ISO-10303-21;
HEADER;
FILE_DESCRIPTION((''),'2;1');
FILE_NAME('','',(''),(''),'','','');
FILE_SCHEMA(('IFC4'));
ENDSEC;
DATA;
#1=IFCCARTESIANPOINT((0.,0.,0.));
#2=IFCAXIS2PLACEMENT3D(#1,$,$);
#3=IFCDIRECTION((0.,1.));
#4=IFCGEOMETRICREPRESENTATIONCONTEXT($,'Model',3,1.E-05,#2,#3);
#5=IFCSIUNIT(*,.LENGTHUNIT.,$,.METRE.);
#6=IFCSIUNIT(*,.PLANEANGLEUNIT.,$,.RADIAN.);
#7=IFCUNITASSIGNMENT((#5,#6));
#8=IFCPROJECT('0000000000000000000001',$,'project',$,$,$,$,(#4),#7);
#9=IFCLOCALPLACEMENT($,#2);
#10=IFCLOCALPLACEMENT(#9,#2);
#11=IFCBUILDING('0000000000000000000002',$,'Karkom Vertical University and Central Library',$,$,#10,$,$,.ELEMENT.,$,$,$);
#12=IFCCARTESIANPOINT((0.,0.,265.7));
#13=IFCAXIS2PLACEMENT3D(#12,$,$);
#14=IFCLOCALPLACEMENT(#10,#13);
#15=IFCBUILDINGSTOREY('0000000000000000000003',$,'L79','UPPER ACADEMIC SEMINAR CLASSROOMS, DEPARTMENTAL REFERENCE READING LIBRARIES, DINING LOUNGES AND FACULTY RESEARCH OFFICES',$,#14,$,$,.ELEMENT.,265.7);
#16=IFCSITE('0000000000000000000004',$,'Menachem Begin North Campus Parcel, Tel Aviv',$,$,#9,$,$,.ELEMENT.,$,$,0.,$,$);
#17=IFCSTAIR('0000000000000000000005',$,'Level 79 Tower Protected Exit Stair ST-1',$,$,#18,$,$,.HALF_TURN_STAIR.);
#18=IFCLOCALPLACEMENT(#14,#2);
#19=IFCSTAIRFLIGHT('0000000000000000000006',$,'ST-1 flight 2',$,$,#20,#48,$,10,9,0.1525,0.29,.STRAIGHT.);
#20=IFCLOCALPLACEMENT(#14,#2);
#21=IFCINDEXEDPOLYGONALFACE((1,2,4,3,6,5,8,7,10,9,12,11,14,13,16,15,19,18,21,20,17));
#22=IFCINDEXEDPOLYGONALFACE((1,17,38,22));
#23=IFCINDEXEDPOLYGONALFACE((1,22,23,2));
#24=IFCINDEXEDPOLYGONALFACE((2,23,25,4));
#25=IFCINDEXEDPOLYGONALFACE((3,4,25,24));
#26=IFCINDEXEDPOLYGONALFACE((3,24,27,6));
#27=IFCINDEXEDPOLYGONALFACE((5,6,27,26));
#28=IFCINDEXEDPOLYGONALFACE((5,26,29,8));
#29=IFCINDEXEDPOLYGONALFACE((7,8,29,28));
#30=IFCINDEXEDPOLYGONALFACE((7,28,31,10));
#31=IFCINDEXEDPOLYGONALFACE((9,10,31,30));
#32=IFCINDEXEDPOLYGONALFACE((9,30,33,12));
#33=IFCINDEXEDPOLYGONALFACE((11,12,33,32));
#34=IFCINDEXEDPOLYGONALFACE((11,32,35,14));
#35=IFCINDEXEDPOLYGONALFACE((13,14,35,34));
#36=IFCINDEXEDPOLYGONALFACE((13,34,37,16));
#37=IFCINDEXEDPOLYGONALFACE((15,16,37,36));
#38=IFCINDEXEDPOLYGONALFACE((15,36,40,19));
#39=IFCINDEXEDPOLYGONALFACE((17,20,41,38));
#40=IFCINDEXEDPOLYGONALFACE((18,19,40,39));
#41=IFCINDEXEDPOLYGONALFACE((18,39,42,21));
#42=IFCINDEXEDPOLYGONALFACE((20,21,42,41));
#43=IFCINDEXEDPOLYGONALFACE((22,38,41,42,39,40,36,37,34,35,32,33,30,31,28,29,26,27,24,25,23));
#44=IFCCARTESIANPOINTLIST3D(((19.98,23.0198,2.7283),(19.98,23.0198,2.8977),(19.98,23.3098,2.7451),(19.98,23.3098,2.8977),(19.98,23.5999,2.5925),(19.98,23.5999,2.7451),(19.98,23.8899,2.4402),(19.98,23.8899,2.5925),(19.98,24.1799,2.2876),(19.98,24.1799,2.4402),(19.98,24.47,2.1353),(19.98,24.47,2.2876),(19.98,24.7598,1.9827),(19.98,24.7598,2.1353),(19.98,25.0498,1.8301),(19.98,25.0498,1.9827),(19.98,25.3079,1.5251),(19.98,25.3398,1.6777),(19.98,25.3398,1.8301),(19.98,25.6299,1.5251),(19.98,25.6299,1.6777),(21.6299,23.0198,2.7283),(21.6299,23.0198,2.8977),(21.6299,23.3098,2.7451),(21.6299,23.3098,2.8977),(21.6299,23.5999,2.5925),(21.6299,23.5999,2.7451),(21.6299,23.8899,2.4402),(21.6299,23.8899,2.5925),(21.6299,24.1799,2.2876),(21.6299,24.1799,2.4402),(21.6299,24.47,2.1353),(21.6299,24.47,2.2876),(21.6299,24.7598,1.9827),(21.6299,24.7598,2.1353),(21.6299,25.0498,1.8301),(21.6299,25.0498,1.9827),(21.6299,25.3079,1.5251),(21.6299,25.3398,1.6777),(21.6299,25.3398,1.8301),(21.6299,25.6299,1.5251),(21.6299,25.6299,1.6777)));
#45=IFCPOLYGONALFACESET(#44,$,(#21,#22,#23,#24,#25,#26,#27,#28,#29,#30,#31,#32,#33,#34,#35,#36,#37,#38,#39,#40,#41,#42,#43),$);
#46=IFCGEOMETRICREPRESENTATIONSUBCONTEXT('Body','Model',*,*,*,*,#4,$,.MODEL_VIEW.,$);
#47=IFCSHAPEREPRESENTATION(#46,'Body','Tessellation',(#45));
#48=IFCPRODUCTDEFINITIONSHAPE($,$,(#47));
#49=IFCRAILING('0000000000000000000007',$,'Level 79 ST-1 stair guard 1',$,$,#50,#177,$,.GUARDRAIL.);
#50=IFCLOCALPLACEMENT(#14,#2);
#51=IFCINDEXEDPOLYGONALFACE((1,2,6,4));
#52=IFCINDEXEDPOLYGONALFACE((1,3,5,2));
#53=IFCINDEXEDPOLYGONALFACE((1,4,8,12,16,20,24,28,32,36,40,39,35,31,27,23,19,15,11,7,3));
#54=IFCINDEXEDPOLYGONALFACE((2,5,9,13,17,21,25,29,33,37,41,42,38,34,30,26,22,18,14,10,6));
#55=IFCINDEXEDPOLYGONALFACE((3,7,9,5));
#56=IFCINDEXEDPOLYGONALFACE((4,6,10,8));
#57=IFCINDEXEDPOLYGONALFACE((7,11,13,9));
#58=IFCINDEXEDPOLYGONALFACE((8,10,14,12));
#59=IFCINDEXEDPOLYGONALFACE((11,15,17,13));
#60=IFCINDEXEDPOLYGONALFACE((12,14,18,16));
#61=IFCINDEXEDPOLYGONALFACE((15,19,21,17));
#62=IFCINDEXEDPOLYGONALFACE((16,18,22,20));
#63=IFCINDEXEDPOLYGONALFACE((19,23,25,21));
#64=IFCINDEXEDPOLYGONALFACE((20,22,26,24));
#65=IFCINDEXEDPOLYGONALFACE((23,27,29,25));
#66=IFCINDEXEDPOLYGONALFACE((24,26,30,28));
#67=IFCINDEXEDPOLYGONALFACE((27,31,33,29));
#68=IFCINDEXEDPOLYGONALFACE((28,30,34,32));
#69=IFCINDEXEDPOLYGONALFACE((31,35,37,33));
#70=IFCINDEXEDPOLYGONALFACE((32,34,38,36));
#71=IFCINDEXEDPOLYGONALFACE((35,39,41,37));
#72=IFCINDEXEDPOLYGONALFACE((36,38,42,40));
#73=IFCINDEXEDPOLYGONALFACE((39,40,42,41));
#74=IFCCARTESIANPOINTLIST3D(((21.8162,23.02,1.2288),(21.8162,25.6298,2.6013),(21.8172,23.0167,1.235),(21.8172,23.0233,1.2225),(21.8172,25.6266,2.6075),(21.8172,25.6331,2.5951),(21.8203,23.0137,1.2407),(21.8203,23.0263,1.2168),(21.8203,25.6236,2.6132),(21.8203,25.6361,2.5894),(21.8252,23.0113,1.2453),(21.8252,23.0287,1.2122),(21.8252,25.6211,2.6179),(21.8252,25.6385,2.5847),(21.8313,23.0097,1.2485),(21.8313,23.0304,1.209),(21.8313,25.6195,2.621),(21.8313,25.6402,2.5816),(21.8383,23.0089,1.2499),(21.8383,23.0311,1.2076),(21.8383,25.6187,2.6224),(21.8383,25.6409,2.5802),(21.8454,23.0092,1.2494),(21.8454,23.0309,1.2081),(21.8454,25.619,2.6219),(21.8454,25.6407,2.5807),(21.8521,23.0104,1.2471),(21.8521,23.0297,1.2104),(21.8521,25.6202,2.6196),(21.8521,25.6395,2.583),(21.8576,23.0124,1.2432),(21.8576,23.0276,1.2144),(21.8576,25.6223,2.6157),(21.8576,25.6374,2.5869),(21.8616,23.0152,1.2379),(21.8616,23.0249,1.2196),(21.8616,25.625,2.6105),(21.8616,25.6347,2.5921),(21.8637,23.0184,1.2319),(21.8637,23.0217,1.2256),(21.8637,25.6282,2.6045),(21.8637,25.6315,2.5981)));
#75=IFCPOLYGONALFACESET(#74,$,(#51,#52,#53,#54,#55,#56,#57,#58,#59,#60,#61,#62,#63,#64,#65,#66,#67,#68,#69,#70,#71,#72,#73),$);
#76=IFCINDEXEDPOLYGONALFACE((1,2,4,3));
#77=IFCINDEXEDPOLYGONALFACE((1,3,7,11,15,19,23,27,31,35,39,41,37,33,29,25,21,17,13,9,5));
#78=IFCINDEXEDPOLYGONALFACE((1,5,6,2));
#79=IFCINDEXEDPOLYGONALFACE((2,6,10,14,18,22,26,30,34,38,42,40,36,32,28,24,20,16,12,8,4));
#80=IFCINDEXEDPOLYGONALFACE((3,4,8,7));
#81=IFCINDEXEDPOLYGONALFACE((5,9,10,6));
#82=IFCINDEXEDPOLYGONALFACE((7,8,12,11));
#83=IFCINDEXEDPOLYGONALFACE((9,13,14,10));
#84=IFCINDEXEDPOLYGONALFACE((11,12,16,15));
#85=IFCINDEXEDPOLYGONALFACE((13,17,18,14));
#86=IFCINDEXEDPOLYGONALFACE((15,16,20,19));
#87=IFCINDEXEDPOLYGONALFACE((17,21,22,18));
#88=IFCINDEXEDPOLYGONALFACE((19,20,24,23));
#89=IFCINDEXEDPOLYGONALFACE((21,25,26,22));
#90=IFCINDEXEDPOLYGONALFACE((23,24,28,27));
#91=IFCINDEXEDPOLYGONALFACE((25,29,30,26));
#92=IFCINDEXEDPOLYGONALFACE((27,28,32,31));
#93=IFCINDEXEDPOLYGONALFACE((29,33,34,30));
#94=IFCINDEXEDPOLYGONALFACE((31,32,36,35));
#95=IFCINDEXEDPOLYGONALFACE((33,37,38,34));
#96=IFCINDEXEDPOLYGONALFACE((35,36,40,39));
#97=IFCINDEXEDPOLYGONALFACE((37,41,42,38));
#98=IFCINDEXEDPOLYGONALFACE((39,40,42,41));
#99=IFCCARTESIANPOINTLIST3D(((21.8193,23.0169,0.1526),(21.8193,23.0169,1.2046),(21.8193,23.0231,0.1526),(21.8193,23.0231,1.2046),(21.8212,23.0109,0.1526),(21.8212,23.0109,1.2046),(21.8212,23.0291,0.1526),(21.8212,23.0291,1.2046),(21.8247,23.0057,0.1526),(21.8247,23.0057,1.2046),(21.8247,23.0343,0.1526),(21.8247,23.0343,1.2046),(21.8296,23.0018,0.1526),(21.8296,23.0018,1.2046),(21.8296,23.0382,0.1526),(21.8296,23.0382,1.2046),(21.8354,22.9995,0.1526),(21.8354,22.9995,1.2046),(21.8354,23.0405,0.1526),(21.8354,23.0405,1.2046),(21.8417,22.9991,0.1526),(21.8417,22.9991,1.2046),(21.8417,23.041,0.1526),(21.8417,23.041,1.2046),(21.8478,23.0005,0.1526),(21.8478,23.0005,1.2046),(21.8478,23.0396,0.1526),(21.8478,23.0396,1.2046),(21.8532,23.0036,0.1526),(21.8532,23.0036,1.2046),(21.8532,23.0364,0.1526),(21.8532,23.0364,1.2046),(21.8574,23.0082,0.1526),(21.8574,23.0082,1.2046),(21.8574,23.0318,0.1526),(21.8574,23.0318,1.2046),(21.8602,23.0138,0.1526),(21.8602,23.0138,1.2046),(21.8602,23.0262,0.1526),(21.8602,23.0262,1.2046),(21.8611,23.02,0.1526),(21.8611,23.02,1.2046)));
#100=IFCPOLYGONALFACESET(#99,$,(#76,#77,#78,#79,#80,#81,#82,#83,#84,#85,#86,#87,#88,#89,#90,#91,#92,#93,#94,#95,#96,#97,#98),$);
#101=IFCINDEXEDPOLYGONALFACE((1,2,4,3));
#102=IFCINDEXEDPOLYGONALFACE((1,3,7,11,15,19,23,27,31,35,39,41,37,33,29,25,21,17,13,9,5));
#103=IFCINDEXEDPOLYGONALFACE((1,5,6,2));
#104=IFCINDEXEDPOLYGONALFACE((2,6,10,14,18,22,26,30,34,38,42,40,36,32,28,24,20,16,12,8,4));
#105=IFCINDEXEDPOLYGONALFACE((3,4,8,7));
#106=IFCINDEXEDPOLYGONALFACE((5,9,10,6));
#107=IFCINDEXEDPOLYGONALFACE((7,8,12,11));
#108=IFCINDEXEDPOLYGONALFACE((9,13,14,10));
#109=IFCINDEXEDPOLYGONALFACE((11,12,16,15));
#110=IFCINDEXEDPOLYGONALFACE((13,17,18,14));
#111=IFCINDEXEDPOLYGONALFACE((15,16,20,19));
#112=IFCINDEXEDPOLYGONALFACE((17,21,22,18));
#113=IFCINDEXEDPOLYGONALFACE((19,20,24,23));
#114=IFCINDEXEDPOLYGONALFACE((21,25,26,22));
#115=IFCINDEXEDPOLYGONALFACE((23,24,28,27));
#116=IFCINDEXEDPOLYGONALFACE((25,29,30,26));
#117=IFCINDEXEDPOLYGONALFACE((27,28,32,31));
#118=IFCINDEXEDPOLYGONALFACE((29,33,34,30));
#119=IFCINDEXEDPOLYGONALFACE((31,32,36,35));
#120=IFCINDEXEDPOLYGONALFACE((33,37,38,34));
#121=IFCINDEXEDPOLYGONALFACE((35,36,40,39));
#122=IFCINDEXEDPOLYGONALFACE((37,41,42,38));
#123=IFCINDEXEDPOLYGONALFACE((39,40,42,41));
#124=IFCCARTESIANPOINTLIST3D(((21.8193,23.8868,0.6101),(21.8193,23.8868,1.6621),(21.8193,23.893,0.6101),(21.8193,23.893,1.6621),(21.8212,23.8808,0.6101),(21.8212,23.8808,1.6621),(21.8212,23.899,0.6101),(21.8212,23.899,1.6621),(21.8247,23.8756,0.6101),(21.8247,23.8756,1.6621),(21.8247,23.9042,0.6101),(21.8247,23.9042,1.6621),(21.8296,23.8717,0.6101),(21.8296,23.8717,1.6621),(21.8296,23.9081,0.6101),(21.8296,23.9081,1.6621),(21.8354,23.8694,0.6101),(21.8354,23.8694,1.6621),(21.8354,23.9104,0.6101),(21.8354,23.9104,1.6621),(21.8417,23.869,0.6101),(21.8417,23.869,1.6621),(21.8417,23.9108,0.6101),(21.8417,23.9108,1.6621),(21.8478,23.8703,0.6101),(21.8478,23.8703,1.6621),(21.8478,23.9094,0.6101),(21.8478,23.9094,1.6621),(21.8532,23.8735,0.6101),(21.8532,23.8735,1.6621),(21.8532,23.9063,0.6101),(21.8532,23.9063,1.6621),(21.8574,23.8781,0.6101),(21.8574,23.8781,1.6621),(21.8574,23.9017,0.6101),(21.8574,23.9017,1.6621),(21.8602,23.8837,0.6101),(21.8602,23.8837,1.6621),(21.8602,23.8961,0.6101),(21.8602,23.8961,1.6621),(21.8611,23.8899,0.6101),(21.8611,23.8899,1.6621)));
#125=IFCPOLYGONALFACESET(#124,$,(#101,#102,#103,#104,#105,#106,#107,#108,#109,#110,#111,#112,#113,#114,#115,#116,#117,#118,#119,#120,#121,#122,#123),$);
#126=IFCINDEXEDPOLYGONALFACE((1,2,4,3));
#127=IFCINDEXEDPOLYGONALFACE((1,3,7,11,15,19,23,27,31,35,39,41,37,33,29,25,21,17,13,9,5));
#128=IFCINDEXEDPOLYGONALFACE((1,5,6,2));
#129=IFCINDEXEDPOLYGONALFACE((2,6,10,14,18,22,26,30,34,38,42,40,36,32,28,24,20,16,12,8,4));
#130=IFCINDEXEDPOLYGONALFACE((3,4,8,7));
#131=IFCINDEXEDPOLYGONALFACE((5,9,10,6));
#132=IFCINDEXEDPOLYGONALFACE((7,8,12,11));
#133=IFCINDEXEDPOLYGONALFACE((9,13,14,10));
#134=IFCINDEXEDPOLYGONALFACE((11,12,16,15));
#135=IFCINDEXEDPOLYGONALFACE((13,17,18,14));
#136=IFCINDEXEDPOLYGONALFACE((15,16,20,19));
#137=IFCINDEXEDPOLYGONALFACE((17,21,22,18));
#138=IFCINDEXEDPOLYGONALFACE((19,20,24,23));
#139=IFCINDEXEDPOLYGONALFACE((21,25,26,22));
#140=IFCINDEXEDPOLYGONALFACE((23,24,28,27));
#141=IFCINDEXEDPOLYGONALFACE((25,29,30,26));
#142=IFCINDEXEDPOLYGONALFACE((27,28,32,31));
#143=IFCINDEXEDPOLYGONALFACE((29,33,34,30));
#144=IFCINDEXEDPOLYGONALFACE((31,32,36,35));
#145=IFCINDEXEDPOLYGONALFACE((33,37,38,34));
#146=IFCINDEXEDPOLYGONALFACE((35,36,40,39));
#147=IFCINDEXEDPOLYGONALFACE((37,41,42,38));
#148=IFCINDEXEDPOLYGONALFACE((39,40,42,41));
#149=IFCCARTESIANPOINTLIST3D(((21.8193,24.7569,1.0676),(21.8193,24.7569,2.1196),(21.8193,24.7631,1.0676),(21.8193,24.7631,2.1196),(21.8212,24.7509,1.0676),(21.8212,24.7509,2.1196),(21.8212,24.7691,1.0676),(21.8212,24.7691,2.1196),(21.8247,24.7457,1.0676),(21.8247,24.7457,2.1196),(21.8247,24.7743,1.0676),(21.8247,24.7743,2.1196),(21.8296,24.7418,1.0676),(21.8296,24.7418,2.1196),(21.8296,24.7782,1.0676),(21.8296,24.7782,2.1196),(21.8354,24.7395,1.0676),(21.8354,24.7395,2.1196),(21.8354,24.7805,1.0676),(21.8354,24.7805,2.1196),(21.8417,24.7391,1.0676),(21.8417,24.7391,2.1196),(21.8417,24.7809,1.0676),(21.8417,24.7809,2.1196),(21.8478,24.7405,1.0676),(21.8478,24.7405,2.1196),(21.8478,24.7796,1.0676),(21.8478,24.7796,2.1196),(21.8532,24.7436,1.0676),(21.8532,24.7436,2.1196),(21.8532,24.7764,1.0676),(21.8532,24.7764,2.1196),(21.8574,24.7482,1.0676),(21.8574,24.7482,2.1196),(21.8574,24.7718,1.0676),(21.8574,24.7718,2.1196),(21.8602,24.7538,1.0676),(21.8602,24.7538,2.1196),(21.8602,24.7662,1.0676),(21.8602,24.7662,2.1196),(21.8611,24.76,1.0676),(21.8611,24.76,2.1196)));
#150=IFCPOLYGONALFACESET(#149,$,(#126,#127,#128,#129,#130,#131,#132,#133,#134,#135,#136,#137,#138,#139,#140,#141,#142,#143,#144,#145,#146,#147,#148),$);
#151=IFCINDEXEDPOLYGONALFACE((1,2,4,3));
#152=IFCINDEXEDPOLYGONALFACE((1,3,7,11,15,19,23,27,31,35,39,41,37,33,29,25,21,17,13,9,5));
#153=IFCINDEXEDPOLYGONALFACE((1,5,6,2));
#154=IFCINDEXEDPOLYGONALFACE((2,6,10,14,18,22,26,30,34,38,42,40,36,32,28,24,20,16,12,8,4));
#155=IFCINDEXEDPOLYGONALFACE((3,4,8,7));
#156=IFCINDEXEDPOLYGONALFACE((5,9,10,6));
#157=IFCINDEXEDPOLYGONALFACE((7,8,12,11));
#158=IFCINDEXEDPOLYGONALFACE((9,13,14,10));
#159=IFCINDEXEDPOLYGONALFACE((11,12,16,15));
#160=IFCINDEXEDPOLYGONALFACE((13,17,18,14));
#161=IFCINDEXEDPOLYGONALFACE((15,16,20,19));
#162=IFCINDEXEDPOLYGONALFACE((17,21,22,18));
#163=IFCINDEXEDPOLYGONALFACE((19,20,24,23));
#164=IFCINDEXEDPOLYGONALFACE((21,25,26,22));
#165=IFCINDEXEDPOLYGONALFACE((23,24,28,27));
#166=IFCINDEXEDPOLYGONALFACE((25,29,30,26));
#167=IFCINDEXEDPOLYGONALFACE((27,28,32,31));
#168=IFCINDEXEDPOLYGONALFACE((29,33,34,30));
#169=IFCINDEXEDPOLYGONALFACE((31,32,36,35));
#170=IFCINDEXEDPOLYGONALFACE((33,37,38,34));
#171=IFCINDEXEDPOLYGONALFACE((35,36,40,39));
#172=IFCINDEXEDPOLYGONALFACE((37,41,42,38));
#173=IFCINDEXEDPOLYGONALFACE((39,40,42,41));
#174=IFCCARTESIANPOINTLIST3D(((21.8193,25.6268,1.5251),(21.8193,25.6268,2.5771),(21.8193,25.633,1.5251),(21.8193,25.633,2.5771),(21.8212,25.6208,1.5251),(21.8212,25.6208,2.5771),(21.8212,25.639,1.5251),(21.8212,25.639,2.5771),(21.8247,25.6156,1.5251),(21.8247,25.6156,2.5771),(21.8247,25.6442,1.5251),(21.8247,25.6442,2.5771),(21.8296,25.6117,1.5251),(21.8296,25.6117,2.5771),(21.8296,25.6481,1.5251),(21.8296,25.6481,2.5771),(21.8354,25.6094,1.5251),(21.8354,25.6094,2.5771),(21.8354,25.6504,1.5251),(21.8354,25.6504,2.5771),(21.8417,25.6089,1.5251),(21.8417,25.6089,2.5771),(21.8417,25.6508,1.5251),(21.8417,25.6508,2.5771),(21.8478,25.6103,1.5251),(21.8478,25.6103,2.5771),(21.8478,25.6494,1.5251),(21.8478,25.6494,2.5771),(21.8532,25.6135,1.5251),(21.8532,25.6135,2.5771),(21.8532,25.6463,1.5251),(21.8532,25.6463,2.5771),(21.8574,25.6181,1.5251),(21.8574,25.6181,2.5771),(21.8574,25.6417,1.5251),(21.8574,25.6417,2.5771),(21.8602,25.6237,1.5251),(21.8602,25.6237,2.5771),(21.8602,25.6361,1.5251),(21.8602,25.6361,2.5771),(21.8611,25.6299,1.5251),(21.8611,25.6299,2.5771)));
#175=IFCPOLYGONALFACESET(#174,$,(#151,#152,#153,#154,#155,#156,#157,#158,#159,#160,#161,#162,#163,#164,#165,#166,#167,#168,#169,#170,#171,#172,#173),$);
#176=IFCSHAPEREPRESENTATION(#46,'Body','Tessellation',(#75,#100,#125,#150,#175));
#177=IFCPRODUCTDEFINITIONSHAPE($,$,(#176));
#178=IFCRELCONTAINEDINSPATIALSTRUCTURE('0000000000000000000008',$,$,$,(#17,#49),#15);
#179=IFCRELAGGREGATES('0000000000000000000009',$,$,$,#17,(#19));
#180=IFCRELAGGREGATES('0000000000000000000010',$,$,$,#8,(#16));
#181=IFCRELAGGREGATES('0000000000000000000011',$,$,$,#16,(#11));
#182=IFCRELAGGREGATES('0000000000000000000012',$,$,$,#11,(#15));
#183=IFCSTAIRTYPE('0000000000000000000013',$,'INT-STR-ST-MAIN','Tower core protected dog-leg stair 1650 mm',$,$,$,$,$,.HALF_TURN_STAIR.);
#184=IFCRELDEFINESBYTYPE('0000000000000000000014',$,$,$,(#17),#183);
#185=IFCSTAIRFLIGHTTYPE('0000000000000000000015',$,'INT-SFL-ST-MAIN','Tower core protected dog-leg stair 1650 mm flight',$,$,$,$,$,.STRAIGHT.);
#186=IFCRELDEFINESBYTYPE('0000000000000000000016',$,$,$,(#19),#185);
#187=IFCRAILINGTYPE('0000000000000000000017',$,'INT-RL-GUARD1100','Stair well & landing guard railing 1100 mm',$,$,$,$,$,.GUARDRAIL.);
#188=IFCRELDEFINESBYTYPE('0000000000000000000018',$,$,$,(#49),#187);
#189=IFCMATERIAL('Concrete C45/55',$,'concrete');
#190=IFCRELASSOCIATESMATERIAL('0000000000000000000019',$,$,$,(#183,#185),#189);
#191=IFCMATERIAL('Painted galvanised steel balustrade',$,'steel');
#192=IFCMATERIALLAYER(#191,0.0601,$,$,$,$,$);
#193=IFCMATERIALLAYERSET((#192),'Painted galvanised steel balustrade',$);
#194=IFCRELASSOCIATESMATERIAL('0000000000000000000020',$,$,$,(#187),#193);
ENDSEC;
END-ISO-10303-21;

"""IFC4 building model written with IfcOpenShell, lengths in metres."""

from ifc_helpers import new_model, si_unit, direction, frame, origin, origin_2d, place, context, subcontext, project, spatial, polyline, circle, outline, extrude, material, layer, layer_set, type_object, element, aggregate, save


model = new_model("IFC4")

# Units and contexts
model_context = context("Model", 3, precision=1e-05, world=origin(), true_north=direction((0.0, 1.0)))
body_context = subcontext(model_context, "Body", "Model", "MODEL_VIEW")
ifc_project = project(units=[si_unit("LENGTHUNIT", "METRE"), si_unit("PLANEANGLEUNIT", "RADIAN")], contexts=[model_context])

# Site, building, storey
site_placement = place(None, origin())
site = spatial("IfcSite", under=ifc_project, at=site_placement, Name="Menachem Begin North Campus Parcel, Tel Aviv", CompositionType="ELEMENT", RefElevation=0.0)
building_placement = place(site_placement, origin())
building = spatial("IfcBuilding", under=site, at=building_placement, Name="Karkom Vertical University and Central Library", CompositionType="ELEMENT")
storey_placement = place(building_placement, frame((0.0, 0.0, 265.7)))
storey = spatial("IfcBuildingStorey", under=building, at=storey_placement, Name="L79", Description="UPPER ACADEMIC SEMINAR CLASSROOMS, DEPARTMENTAL REFERENCE READING LIBRARIES, DINING LOUNGES AND FACULTY RESEARCH OFFICES", CompositionType="ELEMENT", Elevation=265.7)

# Shared definitions
ifc_material_1 = material(Name="Concrete C45/55", Category="concrete")

# Stair, stair flight
stair_type = type_object("IfcStairType", Name="INT-STR-ST-MAIN", Description="Tower core protected dog-leg stair 1650 mm", PredefinedType="HALF_TURN_STAIR", material=ifc_material_1)
stair_placement = place(storey_placement, origin())
stair = element("IfcStair", 1, at=stair_placement, inside=storey, type_object=stair_type, Name="Level 79 Tower Protected Exit Stair ST-1", PredefinedType="HALF_TURN_STAIR")
stair_flight_type = type_object("IfcStairFlightType", Name="INT-SFL-ST-MAIN", Description="Tower core protected dog-leg stair 1650 mm flight", PredefinedType="STRAIGHT", material=ifc_material_1)
stair_flight_1_placement = place(storey_placement, frame((20.8049, 25.6299, 1.5251), z_axis=(0.0, 0.0, 1.0), x_axis=(0.0, -1.0, 0.0)))
stair_flight_1 = element("IfcStairFlight", 2, at=stair_flight_1_placement, type_object=stair_flight_type, Name="ST-1 flight 2", NumberOfRisers=10, NumberOfTreads=9, PredefinedType="STRAIGHT", RiserHeight=0.1525, TreadLength=0.29, context=body_context, shape_type="SweptSolid", body=[
    extrude(outline(polyline([(0.0, 0.0), (0.0, 0.1526), (0.29, 0.1526), (0.29, 0.3049), (0.5801, 0.3049), (0.5801, 0.4575), (0.8701, 0.4575), (0.8701, 0.6101), (1.1599, 0.6101), (1.1599, 0.7625), (1.45, 0.7625), (1.45, 0.915), (1.74, 0.915), (1.74, 1.0674), (2.03, 1.0674), (2.03, 1.22), (2.3201, 1.22), (2.3201, 1.3726), (2.6101, 1.3726), (2.6101, 1.5249), (2.6101, 1.2031), (0.322, 0.0), (0.0, 0.0)])), frame((0.0, 0.825, 0.0), z_axis=(0.0, -1.0, 0.0), x_axis=(1.0, 0.0, 0.0)), (0.0, 0.0, 1.0), 1.6499),
])
aggregate(stair, [stair_flight_1])

# Railing
ifc_material_2 = material(Name="Painted galvanised steel balustrade", Category="steel")
ifc_layer_1 = layer(ifc_material_2, 0.0601)
ifc_layer_set_1 = layer_set([ifc_layer_1], Name="Painted galvanised steel balustrade")
railing_type_1 = type_object("IfcRailingType", Name="INT-RL-GUARD1100", Description="Stair well & landing guard railing 1100 mm", PredefinedType="GUARDRAIL", material=ifc_layer_set_1)
railing_1_placement = place(storey_placement, frame((21.8401, 23.02, 0.1526)))
element("IfcRailing", 3, at=railing_1_placement, inside=storey, type_object=railing_type_1, Name="Level 79 ST-1 stair guard 1", PredefinedType="GUARDRAIL", context=body_context, shape_type="SweptSolid", body=[
    extrude(circle(Radius=0.0239, at=origin_2d()), frame((0.0, 0.0, 1.0762), z_axis=(0.0, 0.885065, 0.465467), x_axis=(-1.0, 0.0, 0.0)), (0.0, 0.0, 1.0), 2.9487),
    extrude(circle(Radius=0.021, at=origin_2d()), origin(), (0.0, 0.0, 1.0), 1.052),
    extrude(circle(Radius=0.021, at=origin_2d()), frame((0.0, 0.8699, 0.4575)), (0.0, 0.0, 1.0), 1.052),
    extrude(circle(Radius=0.021, at=origin_2d()), frame((0.0, 1.74, 0.915)), (0.0, 0.0, 1.0), 1.052),
    extrude(circle(Radius=0.021, at=origin_2d()), frame((0.0, 2.6099, 1.3726)), (0.0, 0.0, 1.0), 1.052),
])

save(model, "model.ifc")
